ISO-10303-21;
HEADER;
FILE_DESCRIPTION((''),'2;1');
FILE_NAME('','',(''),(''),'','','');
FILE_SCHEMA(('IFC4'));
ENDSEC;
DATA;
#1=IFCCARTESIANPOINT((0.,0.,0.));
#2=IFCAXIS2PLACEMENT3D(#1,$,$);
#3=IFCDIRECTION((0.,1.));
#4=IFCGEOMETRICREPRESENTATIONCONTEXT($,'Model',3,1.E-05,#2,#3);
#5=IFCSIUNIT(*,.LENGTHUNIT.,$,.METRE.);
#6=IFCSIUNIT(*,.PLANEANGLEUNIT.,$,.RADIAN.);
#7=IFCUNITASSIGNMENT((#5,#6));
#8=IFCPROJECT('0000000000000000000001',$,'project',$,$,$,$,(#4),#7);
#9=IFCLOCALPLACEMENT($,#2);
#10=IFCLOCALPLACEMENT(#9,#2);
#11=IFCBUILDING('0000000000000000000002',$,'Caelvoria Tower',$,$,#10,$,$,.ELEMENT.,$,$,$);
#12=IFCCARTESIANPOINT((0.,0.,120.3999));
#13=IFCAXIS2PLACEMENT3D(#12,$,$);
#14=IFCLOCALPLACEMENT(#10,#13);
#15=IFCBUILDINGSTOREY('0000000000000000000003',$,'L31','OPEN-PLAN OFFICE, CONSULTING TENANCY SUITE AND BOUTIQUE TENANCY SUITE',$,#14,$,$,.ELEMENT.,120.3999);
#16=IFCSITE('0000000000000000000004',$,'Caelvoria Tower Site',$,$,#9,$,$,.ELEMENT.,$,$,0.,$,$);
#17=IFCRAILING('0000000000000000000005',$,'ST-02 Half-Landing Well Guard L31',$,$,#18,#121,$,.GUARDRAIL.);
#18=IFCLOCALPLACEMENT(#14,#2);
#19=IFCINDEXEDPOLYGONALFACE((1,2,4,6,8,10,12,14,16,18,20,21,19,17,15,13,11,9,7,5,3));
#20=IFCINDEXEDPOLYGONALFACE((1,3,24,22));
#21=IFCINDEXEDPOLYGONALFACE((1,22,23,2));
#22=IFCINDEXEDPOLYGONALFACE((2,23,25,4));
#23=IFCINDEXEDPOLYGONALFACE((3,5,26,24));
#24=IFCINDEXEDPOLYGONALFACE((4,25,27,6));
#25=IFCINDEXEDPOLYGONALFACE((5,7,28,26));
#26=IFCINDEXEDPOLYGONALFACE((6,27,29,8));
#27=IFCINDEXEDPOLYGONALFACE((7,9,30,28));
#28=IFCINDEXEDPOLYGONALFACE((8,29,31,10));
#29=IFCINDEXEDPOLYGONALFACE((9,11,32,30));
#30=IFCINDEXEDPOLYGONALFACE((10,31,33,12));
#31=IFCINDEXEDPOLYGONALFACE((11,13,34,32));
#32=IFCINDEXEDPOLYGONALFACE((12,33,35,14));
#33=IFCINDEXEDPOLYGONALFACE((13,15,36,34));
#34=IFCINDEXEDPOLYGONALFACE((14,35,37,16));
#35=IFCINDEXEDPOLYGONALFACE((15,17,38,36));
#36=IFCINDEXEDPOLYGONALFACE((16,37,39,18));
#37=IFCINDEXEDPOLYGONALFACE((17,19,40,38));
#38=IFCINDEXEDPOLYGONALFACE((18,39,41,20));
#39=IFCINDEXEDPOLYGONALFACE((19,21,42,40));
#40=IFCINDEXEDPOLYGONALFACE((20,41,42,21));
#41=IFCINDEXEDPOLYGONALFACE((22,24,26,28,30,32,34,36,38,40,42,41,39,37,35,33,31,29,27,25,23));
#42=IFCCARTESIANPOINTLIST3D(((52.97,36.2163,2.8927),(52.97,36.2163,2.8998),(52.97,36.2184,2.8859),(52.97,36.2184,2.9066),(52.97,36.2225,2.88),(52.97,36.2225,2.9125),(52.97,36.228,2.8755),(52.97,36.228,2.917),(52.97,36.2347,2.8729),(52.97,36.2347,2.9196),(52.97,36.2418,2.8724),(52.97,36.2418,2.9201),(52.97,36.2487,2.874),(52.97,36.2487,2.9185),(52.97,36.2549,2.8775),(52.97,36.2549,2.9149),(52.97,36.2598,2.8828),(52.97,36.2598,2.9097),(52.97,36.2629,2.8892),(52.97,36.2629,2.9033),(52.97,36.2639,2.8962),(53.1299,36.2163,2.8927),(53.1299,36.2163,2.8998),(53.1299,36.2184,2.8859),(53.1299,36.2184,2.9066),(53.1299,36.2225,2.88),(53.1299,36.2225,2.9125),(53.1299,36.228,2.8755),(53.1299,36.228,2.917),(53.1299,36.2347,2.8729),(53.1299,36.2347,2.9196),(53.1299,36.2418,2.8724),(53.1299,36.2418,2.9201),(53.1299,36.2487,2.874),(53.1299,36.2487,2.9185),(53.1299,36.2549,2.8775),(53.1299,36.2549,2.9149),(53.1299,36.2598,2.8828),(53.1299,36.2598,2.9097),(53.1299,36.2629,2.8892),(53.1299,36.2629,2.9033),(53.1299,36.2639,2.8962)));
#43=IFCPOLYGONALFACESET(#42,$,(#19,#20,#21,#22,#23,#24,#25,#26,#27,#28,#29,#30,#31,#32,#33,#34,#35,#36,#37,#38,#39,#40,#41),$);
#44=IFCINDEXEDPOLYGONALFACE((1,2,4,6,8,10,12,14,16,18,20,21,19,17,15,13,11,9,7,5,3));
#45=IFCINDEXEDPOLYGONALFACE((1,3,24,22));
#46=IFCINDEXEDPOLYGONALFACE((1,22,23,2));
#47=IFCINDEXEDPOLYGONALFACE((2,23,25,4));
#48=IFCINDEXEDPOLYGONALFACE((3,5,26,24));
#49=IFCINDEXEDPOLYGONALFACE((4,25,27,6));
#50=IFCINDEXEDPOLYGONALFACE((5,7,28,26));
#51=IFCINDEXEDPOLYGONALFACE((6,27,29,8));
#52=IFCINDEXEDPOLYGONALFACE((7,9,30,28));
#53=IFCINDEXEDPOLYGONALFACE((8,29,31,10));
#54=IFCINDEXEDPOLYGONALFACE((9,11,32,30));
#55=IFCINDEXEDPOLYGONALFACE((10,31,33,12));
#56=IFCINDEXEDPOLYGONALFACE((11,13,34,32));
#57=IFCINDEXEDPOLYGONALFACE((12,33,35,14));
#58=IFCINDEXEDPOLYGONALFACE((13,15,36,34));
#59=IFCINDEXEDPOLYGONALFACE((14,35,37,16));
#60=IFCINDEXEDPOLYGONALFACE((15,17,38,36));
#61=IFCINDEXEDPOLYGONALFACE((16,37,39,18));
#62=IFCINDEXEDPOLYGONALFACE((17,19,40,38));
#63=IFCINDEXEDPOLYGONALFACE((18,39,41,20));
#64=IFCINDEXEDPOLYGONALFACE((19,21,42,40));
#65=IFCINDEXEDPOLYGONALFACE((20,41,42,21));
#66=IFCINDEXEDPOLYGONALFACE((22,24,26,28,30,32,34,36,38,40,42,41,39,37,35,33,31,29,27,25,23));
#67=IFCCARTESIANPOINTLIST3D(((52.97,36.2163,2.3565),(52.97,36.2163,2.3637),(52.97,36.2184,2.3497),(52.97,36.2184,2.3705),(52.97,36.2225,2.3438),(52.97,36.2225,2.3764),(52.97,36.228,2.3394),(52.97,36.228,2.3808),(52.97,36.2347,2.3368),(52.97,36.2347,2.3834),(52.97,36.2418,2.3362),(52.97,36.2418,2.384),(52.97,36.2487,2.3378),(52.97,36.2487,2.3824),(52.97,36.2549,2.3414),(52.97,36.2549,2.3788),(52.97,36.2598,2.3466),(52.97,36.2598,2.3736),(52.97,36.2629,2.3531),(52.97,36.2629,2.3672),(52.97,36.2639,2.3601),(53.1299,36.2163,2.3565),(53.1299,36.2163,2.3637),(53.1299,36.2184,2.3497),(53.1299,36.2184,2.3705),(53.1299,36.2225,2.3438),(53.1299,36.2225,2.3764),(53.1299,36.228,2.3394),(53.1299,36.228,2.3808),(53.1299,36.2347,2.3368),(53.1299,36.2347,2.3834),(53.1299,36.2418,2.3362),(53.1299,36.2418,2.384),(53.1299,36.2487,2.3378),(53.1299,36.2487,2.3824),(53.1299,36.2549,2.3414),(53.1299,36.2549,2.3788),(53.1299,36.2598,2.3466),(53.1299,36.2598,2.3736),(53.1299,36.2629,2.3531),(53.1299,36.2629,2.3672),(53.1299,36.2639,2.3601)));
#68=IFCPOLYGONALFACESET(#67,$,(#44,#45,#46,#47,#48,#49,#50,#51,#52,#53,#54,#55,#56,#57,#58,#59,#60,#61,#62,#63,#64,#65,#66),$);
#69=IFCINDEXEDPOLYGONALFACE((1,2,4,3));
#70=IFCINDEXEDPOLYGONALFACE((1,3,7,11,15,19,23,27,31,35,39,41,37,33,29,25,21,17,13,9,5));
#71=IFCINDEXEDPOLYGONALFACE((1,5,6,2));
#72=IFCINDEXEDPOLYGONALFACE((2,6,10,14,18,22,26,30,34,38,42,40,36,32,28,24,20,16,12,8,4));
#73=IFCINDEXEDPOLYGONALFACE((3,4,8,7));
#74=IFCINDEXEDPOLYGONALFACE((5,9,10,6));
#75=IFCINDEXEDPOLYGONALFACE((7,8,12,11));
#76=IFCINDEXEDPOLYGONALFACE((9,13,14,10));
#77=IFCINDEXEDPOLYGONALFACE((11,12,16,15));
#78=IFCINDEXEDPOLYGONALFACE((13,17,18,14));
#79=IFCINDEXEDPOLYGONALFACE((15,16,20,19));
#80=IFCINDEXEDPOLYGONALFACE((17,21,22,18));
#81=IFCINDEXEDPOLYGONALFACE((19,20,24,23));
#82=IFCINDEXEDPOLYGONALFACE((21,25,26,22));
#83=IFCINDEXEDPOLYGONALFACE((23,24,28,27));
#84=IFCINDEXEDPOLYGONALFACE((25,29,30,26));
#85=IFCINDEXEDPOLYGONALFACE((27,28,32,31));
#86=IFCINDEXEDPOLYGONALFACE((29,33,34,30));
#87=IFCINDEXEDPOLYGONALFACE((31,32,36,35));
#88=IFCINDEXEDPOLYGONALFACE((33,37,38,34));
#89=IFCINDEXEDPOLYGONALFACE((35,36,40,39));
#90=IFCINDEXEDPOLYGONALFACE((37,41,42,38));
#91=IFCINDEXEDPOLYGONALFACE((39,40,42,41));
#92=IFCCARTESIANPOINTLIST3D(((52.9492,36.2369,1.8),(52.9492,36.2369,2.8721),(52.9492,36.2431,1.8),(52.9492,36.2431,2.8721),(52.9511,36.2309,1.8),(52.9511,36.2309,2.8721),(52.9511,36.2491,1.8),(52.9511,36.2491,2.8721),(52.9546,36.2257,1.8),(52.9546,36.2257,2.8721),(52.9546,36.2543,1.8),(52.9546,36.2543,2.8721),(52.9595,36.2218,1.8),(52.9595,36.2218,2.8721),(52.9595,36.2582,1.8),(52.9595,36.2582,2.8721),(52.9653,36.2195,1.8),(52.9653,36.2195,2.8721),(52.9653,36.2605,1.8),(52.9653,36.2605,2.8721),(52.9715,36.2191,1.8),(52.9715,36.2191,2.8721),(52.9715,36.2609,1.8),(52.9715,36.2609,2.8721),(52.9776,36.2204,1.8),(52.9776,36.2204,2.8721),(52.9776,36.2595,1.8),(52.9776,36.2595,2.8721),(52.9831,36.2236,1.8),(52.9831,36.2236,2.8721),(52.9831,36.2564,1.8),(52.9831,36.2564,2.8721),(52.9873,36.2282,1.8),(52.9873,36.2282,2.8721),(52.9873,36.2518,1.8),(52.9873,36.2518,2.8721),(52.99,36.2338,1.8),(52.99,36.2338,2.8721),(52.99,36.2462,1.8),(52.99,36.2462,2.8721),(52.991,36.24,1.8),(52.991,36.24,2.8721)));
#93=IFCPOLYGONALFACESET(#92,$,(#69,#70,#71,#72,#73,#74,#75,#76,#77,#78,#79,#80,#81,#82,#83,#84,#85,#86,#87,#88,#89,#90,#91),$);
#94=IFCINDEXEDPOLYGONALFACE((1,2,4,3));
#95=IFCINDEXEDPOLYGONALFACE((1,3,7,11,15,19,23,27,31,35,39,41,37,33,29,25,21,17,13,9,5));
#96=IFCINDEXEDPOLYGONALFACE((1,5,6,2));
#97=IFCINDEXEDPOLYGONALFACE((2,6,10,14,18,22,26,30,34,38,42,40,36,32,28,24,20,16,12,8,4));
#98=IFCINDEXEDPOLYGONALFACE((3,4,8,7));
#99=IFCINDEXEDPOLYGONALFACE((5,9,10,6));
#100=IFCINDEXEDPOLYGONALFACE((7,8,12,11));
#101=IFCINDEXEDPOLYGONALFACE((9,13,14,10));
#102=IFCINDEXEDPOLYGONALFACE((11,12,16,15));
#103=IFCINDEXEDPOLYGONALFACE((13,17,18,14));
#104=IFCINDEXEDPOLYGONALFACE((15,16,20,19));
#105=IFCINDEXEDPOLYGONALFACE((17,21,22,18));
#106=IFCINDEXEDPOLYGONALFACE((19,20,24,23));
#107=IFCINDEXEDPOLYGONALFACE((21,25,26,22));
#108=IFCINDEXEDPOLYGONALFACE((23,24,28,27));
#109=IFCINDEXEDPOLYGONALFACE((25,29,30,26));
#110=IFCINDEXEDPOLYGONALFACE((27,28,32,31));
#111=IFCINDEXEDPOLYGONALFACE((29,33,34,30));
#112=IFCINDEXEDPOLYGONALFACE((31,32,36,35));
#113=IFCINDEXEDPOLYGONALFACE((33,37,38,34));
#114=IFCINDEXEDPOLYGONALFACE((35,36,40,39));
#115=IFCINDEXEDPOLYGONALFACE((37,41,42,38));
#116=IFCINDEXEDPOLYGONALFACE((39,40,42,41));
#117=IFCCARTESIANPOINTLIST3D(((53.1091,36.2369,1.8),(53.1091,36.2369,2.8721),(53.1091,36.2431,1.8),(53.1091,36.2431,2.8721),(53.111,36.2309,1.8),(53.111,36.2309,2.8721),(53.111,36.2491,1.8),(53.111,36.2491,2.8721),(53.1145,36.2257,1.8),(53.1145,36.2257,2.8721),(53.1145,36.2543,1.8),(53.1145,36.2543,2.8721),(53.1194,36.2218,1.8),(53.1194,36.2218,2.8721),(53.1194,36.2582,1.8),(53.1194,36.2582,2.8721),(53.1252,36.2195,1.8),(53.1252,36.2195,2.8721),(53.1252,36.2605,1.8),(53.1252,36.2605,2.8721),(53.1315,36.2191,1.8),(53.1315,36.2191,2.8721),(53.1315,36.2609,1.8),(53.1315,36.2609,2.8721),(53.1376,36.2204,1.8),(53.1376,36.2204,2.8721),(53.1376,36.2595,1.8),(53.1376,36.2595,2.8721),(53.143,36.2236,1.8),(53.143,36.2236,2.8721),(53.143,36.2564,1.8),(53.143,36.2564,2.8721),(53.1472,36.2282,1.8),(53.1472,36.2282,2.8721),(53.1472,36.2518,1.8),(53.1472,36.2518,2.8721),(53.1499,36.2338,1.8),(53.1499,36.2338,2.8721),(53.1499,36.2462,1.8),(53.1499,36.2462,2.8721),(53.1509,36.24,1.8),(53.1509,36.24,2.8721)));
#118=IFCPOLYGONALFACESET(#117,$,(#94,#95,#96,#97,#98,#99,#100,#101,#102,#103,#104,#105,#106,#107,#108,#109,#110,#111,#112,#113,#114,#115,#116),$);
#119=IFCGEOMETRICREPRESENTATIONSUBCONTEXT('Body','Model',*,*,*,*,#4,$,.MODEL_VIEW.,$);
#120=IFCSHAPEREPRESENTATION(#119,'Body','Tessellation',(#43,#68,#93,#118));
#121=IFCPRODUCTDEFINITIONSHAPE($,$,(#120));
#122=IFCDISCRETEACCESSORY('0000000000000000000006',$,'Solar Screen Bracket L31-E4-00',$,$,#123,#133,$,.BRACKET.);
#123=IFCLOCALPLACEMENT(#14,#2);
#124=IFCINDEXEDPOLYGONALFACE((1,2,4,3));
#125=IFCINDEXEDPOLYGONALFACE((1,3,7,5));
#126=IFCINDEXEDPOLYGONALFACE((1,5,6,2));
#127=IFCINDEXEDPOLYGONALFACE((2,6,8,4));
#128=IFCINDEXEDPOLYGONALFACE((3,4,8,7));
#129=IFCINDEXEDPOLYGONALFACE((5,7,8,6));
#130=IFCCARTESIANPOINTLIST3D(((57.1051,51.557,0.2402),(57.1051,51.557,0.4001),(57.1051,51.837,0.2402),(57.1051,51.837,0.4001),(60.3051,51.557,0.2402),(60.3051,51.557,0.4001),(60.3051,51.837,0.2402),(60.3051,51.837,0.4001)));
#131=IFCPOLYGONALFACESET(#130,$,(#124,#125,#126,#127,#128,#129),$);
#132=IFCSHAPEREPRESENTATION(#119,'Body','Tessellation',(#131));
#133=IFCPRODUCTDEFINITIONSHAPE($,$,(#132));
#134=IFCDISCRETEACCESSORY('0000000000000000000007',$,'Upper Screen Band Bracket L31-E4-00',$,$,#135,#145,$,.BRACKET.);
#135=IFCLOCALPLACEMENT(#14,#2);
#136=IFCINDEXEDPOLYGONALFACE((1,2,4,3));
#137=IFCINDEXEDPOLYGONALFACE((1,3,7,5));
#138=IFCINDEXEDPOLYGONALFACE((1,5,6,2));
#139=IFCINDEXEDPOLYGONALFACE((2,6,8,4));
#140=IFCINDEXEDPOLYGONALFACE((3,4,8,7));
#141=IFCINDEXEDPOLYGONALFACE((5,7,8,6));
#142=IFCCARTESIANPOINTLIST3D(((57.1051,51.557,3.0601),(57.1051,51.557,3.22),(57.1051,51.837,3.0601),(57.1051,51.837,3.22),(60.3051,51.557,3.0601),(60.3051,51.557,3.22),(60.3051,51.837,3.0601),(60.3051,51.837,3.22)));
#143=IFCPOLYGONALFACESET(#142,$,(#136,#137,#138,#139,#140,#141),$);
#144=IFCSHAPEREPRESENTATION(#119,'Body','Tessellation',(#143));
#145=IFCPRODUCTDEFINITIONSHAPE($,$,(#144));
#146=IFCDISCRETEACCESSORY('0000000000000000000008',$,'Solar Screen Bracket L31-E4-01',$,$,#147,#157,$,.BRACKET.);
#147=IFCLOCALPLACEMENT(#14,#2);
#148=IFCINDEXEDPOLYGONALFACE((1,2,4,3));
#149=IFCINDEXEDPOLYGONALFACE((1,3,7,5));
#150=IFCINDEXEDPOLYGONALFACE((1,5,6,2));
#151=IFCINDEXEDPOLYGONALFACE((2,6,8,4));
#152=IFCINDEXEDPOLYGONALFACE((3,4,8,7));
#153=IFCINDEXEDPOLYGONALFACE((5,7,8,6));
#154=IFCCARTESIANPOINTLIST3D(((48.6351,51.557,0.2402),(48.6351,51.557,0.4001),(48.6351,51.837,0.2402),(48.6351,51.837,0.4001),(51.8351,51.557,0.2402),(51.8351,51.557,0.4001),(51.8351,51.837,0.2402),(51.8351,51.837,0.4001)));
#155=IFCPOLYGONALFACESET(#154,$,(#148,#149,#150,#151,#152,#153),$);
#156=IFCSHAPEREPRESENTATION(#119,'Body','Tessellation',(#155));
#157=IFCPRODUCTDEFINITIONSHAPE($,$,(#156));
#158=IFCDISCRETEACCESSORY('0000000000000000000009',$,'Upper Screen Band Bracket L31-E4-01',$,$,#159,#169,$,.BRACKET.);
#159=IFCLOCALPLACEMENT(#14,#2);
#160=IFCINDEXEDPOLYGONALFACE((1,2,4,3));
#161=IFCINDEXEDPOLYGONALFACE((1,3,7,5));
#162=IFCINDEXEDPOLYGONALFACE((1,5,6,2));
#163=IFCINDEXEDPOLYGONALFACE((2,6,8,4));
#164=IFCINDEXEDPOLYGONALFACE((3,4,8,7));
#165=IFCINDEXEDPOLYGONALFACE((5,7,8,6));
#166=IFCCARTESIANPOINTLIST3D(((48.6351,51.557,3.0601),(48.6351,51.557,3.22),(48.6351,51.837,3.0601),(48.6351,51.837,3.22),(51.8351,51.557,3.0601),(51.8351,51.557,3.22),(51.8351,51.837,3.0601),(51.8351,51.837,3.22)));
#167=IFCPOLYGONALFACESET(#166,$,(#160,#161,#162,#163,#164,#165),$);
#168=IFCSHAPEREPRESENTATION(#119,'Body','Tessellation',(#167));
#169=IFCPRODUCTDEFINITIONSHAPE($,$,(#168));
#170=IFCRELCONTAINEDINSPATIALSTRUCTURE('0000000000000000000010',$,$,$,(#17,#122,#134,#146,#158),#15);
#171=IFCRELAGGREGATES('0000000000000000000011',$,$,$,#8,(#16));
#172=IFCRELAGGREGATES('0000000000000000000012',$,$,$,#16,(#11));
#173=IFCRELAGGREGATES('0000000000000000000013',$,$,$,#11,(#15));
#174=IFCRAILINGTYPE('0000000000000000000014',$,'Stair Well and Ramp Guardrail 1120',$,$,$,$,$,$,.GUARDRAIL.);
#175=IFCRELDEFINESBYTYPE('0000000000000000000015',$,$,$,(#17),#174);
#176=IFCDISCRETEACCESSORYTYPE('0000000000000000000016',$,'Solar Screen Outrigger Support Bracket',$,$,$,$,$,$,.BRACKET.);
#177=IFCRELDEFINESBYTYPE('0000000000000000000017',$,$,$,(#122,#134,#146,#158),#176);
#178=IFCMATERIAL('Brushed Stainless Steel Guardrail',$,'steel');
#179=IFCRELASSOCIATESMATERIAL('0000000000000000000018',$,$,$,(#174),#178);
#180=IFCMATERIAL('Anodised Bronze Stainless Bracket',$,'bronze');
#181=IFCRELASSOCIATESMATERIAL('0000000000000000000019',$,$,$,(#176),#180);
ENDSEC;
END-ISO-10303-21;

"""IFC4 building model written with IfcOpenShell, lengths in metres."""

from ifc_helpers import new_model, si_unit, direction, frame, origin, origin_2d, place, context, subcontext, project, spatial, rectangle, circle, extrude, material, type_object, element, save


model = new_model("IFC4")

# Units and contexts
model_context = context("Model", 3, precision=1e-05, world=origin(), true_north=direction((0.0, 1.0)))
body_context = subcontext(model_context, "Body", "Model", "MODEL_VIEW")
ifc_project = project(units=[si_unit("LENGTHUNIT", "METRE"), si_unit("PLANEANGLEUNIT", "RADIAN")], contexts=[model_context])

# Site, building, storey
site_placement = place(None, origin())
site = spatial("IfcSite", under=ifc_project, at=site_placement, Name="Caelvoria Tower Site", CompositionType="ELEMENT", RefElevation=0.0)
building_placement = place(site_placement, origin())
building = spatial("IfcBuilding", under=site, at=building_placement, Name="Caelvoria Tower", CompositionType="ELEMENT")
storey_placement = place(building_placement, frame((0.0, 0.0, 120.3999)))
storey = spatial("IfcBuildingStorey", under=building, at=storey_placement, Name="L31", Description="OPEN-PLAN OFFICE, CONSULTING TENANCY SUITE AND BOUTIQUE TENANCY SUITE", CompositionType="ELEMENT", Elevation=120.3999)

# Railing
ifc_material_1 = material(Name="Brushed Stainless Steel Guardrail", Category="steel")
railing_type_1 = type_object("IfcRailingType", Name="Stair Well and Ramp Guardrail 1120", PredefinedType="GUARDRAIL", material=ifc_material_1)
railing_1_placement = place(storey_placement, frame((52.97, 36.24, 1.8)))
element("IfcRailing", 1, at=railing_1_placement, inside=storey, type_object=railing_type_1, Name="ST-02 Half-Landing Well Guard L31", PredefinedType="GUARDRAIL", context=body_context, shape_type="SweptSolid", body=[
    extrude(circle(Radius=0.0239, at=origin_2d()), frame((0.0, 0.0, 1.0962), z_axis=(1.0, 0.0, 0.0), x_axis=(0.0, 1.0, 0.0)), (0.0, 0.0, 1.0), 0.1599),
    extrude(circle(Radius=0.0239, at=origin_2d()), frame((0.0, 0.0, 0.5601), z_axis=(1.0, 0.0, 0.0), x_axis=(0.0, 1.0, 0.0)), (0.0, 0.0, 1.0), 0.1599),
    extrude(circle(Radius=0.021, at=origin_2d()), origin(), (0.0, 0.0, 1.0), 1.072),
    extrude(circle(Radius=0.021, at=origin_2d()), frame((0.1599, 0.0, 0.0)), (0.0, 0.0, 1.0), 1.072),
])

# Discrete accessories
ifc_material_2 = material(Name="Anodised Bronze Stainless Bracket", Category="bronze")
discrete_accessory_type = type_object("IfcDiscreteAccessoryType", Name="Solar Screen Outrigger Support Bracket", PredefinedType="BRACKET", material=ifc_material_2)
for number, where, z_axis, x_axis, name in (
    (2, (58.7051, 51.697, 0.2402), (0.0, 0.0, 1.0), (-1.0, 0.0, 0.0), "Solar Screen Bracket L31-E4-00"),
    (3, (58.7051, 51.697, 3.0601), (0.0, 0.0, 1.0), (-1.0, 0.0, 0.0), "Upper Screen Band Bracket L31-E4-00"),
    (4, (50.2351, 51.697, 0.2402), (0.0, 0.0, 1.0), (-1.0, 0.0, 0.0), "Solar Screen Bracket L31-E4-01"),
    (5, (50.2351, 51.697, 3.0601), (0.0, 0.0, 1.0), (-1.0, 0.0, 0.0), "Upper Screen Band Bracket L31-E4-01"),
):
    element("IfcDiscreteAccessory", number, at=place(storey_placement, frame(where, z_axis=z_axis, x_axis=x_axis)), inside=storey, type_object=discrete_accessory_type, Name=name, PredefinedType="BRACKET", context=body_context, shape_type="SweptSolid", body=[
        extrude(rectangle(XDim=3.2, YDim=0.28, at=origin_2d()), origin(), (0.0, 0.0, 1.0), 0.1599),
    ])

save(model, "model.ifc")
